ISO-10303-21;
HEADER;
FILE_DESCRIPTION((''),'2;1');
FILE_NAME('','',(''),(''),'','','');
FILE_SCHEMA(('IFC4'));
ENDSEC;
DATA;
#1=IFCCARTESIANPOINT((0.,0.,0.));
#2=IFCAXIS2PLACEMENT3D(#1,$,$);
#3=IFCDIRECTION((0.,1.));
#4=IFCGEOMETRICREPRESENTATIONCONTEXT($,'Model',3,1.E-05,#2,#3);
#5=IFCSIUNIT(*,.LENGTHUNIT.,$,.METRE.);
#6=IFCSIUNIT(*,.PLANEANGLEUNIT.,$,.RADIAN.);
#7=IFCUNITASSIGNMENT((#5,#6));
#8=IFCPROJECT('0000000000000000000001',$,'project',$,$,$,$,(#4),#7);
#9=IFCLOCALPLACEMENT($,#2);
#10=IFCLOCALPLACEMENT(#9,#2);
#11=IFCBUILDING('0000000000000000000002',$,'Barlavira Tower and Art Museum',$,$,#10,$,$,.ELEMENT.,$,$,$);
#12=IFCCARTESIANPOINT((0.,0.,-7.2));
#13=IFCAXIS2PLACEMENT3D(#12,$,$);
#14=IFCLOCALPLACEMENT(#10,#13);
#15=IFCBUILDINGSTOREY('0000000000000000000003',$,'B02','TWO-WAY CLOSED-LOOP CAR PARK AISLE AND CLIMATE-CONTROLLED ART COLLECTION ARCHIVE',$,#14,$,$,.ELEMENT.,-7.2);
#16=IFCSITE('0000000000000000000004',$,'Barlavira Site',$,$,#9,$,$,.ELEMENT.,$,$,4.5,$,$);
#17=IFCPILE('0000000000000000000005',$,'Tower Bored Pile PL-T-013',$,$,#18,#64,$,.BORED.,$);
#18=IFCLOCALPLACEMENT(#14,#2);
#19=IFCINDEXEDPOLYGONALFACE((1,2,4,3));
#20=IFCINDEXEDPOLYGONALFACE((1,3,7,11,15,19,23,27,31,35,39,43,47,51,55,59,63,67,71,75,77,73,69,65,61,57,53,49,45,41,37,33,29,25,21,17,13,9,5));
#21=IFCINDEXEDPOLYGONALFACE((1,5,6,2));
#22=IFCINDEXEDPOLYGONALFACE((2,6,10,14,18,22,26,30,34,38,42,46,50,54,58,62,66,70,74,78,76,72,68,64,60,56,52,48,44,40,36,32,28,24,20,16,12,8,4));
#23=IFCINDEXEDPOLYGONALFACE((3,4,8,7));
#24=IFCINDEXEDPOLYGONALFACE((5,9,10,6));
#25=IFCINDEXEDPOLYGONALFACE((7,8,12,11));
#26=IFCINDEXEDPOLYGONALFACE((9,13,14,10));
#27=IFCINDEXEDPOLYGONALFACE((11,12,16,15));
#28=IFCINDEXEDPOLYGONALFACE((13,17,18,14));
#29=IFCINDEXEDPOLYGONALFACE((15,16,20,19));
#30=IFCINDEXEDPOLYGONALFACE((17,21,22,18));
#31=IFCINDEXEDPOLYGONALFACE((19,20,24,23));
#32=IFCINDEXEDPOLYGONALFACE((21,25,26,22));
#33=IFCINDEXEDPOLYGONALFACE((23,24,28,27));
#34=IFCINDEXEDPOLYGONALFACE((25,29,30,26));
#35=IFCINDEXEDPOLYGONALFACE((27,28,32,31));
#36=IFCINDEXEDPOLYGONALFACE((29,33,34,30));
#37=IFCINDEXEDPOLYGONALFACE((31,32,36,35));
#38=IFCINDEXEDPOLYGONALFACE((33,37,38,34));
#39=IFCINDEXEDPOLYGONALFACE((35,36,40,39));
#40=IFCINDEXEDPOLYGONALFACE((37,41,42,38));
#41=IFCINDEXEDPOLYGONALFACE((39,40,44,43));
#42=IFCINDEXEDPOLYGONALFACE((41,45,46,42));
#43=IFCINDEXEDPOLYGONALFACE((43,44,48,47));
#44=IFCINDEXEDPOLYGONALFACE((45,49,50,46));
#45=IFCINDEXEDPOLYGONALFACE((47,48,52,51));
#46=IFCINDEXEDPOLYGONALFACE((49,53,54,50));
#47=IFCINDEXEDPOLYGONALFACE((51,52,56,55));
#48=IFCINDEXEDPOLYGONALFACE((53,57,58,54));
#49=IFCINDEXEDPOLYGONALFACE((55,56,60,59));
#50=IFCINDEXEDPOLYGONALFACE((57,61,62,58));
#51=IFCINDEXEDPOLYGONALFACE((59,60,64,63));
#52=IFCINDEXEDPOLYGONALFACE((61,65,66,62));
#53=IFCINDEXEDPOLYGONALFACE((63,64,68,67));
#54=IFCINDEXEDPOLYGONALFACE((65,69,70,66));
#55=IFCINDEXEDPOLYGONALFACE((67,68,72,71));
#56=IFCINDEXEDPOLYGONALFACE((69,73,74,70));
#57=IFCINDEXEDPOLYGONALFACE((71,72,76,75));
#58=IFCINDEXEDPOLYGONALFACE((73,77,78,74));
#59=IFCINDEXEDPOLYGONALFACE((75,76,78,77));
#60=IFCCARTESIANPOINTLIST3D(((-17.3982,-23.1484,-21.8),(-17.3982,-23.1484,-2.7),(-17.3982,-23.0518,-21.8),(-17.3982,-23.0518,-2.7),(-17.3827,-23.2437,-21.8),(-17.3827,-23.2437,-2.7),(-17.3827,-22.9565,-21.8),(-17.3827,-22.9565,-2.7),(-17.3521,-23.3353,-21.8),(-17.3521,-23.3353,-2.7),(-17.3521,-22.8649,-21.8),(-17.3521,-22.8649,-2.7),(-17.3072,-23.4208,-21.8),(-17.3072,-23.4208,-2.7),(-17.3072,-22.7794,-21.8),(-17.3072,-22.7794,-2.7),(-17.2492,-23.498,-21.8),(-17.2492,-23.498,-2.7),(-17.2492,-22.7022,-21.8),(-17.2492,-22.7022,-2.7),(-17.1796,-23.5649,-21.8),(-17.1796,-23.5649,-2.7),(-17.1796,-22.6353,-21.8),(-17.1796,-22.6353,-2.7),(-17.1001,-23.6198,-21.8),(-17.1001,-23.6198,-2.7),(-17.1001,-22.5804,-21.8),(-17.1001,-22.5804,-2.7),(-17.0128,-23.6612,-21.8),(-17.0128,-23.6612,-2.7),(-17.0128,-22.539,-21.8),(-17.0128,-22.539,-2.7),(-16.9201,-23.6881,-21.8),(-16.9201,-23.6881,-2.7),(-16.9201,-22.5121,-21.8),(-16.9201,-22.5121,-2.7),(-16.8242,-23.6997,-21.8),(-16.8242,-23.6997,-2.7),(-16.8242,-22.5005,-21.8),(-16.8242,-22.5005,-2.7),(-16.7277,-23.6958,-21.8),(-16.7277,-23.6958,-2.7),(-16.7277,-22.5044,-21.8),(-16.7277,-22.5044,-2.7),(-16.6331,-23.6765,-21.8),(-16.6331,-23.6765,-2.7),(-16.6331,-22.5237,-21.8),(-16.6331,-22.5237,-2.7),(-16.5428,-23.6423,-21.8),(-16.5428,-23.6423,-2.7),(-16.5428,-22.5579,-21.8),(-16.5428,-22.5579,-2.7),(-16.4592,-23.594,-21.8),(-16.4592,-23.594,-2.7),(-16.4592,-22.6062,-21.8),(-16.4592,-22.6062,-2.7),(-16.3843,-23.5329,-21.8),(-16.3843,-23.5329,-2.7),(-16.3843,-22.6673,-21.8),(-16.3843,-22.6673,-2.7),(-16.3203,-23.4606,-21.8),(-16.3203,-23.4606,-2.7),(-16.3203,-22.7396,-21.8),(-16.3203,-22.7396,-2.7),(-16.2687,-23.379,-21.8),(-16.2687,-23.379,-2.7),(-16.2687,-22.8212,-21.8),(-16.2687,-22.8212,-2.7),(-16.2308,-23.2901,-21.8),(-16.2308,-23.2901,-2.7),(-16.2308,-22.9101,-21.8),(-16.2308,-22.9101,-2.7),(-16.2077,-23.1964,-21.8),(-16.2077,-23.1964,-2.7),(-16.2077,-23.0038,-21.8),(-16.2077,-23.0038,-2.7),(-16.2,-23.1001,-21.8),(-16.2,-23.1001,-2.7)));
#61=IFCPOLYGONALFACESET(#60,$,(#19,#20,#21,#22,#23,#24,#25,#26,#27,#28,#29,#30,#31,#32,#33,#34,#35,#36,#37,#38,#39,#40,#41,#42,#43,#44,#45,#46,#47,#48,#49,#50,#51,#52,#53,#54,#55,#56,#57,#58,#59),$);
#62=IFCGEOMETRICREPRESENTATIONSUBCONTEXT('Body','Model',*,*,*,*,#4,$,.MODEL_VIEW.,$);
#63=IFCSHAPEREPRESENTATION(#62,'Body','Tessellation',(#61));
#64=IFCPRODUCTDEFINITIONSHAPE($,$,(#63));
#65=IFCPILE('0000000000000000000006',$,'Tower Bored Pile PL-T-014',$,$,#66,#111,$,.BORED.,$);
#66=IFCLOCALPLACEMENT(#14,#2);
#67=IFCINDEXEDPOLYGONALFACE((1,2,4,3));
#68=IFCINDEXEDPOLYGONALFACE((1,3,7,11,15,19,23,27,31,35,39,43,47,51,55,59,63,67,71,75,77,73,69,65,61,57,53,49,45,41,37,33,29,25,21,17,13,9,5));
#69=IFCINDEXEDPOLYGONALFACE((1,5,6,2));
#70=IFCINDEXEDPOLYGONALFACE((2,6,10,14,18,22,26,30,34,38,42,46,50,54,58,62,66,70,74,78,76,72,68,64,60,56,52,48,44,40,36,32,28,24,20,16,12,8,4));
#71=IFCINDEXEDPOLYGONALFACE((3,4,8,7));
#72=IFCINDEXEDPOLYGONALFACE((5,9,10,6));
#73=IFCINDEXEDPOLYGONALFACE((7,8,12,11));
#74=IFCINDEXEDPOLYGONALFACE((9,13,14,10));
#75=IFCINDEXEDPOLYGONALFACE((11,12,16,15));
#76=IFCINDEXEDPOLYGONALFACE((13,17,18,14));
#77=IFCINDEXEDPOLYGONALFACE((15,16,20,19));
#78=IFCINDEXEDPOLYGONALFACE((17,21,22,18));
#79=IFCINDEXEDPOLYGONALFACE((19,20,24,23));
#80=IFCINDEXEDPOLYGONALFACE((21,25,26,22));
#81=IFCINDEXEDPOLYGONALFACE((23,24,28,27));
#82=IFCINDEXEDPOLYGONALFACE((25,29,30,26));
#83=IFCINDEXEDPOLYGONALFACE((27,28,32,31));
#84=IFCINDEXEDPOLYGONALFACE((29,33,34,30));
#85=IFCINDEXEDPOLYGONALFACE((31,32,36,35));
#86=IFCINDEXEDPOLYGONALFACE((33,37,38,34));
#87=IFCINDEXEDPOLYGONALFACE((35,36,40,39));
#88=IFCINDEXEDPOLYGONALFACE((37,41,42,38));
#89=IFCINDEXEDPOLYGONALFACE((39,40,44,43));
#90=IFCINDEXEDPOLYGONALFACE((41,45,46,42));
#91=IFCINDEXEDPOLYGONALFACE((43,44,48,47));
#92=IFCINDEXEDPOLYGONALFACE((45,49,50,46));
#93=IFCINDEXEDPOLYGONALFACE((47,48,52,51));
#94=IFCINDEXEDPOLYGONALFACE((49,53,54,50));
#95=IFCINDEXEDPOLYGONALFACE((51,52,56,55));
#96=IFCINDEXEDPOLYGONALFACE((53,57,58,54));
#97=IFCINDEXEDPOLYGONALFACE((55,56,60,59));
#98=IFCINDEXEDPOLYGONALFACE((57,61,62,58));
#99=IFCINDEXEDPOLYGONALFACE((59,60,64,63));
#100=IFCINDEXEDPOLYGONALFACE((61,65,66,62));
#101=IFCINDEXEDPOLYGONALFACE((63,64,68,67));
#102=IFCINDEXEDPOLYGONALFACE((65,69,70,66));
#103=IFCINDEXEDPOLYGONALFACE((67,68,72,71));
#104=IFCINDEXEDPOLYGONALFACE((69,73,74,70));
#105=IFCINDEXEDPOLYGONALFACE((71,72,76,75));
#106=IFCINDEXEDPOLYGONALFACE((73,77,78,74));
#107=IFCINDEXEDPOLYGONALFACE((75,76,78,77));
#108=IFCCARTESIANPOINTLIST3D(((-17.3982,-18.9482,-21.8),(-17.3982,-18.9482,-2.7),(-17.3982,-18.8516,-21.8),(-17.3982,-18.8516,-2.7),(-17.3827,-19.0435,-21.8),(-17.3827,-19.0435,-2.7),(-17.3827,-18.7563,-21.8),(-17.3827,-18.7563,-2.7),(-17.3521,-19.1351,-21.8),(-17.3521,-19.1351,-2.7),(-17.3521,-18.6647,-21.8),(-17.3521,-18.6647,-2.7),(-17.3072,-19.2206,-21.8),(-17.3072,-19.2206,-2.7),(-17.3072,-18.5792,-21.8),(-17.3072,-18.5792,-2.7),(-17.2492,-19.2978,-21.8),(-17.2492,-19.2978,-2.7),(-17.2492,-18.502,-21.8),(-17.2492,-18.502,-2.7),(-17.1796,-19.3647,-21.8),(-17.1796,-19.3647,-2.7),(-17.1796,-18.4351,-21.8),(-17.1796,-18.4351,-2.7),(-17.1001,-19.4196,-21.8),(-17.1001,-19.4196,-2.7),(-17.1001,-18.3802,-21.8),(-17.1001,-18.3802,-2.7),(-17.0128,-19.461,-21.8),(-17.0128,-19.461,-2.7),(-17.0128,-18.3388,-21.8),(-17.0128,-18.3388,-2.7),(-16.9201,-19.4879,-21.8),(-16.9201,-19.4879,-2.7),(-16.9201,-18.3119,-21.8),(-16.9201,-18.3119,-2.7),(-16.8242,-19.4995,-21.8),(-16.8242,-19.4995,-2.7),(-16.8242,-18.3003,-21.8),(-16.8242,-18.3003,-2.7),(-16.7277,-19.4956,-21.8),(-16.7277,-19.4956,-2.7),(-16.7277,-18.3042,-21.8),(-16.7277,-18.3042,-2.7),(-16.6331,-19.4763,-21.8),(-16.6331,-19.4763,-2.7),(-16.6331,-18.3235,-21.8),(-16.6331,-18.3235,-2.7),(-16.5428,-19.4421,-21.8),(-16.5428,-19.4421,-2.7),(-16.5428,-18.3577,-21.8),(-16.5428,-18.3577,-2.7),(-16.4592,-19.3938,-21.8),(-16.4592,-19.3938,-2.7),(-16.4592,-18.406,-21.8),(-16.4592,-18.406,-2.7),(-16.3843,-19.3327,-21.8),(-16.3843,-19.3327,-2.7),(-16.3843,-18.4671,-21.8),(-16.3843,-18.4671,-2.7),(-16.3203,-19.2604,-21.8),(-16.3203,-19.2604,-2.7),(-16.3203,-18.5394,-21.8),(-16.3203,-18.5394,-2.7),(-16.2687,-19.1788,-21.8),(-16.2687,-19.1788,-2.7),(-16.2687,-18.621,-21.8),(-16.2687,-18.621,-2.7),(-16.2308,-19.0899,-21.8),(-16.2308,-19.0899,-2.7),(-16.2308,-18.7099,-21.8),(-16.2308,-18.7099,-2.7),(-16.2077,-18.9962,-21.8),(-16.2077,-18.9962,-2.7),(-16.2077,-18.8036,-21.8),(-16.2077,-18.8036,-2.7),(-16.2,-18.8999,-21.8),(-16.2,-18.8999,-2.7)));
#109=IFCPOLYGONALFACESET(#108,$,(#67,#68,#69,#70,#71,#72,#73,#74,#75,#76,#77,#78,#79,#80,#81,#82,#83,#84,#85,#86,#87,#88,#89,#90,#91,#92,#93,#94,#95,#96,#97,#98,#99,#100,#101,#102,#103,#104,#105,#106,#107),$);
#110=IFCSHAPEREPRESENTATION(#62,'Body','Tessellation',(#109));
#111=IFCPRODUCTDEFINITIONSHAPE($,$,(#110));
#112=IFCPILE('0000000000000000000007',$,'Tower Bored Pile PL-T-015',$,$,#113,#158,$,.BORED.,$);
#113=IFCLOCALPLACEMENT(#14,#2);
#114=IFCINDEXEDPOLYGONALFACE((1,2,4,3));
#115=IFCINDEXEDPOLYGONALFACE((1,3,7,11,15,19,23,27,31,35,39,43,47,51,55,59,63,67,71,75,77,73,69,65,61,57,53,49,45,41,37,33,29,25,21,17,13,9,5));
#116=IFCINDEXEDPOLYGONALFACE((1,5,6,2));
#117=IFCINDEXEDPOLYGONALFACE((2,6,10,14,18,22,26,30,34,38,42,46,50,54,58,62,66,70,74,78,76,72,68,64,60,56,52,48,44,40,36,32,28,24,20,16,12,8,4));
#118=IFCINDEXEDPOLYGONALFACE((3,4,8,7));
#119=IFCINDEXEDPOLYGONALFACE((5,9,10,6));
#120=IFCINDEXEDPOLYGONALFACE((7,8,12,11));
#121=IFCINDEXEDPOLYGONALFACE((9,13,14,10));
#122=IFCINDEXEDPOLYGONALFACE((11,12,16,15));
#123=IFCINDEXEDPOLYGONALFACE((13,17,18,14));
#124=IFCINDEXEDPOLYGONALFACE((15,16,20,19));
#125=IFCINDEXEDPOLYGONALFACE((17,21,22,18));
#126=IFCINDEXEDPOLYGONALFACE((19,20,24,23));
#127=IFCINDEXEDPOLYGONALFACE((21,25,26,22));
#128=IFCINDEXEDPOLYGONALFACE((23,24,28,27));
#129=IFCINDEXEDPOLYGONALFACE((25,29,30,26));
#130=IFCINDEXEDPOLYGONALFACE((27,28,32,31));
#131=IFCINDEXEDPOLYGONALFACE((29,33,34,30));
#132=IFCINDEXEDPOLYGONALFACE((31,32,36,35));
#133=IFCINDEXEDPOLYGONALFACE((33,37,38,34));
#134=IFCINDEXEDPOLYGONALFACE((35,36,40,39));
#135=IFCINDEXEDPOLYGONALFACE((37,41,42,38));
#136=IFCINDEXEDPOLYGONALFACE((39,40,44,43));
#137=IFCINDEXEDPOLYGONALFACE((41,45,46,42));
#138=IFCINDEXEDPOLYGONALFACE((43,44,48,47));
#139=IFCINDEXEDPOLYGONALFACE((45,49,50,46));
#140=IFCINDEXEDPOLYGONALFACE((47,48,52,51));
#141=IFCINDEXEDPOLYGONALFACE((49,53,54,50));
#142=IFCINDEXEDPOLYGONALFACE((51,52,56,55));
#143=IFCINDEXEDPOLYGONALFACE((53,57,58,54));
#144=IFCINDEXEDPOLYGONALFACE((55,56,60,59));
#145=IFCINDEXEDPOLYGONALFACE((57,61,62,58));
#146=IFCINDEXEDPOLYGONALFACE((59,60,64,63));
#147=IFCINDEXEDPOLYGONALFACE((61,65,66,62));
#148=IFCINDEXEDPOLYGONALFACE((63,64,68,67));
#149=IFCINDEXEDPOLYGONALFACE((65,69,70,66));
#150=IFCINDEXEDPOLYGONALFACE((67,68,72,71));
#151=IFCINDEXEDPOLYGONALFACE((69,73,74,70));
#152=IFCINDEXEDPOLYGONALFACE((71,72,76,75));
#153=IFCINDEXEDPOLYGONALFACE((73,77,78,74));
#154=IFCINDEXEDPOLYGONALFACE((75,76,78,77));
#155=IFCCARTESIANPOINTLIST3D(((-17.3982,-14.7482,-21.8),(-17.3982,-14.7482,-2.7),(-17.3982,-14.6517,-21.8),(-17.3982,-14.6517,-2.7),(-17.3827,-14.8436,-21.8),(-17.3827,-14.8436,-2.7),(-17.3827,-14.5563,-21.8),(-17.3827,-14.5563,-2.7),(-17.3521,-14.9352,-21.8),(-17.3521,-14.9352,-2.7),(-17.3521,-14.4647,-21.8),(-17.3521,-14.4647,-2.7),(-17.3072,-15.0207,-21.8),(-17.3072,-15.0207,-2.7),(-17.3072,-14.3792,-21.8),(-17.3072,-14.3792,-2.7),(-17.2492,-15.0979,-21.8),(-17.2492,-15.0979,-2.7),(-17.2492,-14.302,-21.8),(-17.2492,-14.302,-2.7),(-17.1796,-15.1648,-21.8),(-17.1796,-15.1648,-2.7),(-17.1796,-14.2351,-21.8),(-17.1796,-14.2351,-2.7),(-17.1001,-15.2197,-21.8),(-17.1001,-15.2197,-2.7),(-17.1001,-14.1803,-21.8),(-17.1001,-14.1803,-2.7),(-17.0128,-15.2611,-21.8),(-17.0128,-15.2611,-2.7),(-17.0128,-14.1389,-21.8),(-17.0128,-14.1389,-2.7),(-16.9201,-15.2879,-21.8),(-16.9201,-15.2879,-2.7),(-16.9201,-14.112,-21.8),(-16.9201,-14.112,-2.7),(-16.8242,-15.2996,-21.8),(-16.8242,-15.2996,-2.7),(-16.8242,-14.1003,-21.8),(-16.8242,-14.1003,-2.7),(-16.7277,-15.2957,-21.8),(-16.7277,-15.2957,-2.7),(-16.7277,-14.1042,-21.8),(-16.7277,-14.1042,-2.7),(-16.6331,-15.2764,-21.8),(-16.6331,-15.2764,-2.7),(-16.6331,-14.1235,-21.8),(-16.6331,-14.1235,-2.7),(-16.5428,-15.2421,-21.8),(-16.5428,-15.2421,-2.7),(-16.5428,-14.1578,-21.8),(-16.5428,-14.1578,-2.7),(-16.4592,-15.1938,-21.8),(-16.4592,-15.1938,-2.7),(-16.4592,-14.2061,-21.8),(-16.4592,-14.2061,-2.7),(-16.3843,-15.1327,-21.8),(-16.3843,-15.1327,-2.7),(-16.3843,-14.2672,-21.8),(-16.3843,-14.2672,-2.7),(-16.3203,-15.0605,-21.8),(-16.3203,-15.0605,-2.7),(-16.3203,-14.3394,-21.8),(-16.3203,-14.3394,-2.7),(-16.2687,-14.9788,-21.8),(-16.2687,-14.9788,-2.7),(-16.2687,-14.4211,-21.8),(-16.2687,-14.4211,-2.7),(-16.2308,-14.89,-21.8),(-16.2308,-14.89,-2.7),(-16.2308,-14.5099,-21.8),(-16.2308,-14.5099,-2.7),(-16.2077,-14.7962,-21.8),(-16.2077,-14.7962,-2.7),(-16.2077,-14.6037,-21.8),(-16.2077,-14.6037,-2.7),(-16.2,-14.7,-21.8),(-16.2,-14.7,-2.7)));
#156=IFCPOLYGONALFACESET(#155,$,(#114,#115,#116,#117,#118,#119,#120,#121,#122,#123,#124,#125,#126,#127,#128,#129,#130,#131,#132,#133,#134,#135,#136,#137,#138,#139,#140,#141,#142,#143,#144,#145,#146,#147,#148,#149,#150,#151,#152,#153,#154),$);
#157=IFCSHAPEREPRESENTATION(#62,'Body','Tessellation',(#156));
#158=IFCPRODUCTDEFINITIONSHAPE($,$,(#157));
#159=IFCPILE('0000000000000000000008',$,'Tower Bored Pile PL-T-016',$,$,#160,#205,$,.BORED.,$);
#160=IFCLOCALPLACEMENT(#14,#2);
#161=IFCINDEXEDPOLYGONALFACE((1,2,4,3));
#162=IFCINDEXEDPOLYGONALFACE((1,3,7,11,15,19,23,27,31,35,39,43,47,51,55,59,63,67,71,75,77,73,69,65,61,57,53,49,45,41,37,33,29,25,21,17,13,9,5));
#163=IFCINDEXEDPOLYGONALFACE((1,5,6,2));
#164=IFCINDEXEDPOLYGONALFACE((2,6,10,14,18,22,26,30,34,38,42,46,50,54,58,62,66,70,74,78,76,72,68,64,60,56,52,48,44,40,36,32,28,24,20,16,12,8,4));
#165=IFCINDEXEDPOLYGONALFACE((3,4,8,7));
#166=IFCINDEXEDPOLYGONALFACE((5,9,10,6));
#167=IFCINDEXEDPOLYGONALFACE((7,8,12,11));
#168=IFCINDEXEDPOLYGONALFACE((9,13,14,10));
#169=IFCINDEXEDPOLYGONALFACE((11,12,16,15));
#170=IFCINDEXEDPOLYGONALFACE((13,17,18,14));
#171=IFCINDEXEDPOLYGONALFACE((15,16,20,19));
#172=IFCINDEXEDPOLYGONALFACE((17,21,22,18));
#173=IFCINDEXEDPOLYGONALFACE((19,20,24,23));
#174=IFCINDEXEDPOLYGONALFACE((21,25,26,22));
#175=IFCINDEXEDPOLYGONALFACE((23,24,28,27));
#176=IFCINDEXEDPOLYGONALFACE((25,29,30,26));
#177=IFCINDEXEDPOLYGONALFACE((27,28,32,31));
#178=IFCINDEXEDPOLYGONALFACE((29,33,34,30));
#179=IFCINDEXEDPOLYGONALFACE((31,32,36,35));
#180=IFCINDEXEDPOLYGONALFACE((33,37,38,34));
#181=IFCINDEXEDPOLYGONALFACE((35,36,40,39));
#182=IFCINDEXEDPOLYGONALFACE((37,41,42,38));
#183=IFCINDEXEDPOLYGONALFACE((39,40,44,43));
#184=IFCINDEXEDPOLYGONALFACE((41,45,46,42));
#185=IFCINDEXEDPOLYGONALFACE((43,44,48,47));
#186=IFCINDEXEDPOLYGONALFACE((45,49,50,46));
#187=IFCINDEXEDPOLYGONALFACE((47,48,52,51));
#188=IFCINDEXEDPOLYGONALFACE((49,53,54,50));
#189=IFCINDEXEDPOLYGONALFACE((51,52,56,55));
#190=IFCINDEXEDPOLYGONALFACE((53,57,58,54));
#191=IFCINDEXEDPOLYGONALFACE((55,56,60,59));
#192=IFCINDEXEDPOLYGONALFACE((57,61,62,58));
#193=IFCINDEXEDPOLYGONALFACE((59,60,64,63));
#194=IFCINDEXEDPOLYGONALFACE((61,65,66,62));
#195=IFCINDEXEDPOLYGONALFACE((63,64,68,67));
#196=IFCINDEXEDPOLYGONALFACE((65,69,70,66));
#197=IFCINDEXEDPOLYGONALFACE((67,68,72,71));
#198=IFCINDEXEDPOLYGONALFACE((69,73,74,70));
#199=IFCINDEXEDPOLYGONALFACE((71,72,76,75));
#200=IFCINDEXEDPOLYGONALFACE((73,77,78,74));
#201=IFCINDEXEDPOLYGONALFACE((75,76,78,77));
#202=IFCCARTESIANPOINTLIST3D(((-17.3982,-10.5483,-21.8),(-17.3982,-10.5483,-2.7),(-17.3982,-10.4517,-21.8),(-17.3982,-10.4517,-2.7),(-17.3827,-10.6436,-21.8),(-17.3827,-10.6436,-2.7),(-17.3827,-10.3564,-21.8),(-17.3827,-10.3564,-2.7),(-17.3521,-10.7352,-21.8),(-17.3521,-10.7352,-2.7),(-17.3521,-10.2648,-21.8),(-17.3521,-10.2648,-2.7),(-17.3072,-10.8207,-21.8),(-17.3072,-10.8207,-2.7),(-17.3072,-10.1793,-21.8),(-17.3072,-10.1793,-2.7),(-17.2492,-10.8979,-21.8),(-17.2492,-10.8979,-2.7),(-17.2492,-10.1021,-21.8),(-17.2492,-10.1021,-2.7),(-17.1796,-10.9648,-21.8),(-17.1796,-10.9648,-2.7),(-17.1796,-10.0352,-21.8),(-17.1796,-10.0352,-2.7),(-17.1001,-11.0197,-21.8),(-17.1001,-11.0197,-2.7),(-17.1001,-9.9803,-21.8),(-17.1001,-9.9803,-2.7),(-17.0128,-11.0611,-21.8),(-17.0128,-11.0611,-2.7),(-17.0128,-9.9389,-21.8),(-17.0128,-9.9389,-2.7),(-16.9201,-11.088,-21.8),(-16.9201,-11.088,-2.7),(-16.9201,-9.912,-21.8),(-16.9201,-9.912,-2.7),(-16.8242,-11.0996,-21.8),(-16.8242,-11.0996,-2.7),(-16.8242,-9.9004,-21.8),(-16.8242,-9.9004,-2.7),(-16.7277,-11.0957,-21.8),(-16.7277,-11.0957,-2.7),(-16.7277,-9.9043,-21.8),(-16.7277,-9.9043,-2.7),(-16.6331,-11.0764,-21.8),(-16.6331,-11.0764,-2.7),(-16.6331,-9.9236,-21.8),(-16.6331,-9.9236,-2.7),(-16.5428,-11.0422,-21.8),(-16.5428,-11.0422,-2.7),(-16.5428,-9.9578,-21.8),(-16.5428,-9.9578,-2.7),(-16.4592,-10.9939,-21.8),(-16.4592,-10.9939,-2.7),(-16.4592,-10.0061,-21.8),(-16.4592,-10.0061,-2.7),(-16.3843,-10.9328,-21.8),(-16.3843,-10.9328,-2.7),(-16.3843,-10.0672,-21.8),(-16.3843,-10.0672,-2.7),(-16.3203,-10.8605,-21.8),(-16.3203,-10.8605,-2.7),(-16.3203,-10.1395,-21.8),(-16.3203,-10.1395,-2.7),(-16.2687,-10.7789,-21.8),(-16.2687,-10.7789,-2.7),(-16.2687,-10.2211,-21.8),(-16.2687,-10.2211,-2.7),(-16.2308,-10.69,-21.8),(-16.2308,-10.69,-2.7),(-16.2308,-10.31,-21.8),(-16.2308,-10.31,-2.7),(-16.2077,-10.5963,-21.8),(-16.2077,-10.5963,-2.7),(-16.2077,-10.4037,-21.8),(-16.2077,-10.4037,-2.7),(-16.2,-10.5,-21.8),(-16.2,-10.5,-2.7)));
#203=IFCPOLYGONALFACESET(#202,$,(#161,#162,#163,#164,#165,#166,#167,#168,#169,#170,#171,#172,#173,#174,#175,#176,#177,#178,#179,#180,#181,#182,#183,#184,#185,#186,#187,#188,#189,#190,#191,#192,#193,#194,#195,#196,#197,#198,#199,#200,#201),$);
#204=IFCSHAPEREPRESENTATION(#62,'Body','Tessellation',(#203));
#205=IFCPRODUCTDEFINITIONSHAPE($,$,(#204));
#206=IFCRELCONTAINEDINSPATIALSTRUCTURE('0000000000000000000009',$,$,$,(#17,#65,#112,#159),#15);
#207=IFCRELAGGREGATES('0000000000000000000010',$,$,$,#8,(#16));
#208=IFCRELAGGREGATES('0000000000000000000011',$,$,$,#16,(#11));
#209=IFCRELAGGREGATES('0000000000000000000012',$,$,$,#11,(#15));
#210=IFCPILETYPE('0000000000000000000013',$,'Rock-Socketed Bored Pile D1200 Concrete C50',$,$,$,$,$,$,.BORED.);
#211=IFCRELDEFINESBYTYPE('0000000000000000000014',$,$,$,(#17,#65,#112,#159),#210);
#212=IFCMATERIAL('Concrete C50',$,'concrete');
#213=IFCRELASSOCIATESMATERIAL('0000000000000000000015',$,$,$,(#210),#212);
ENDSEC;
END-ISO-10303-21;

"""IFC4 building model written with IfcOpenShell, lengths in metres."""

from ifc_helpers import new_model, si_unit, direction, frame, origin, origin_2d, place, context, subcontext, project, spatial, circle, extrude, material, material_profile, profile_set, type_object, element, save


model = new_model("IFC4")

# Units and contexts
model_context = context("Model", 3, precision=1e-05, world=origin(), true_north=direction((0.0, 1.0)))
body_context = subcontext(model_context, "Body", "Model", "MODEL_VIEW")
ifc_project = project(units=[si_unit("LENGTHUNIT", "METRE"), si_unit("PLANEANGLEUNIT", "RADIAN")], contexts=[model_context])

# Site, building, storey
site_placement = place(None, origin())
site = spatial("IfcSite", under=ifc_project, at=site_placement, Name="Barlavira Site", CompositionType="ELEMENT", RefElevation=4.5)
building_placement = place(site_placement, origin())
building = spatial("IfcBuilding", under=site, at=building_placement, Name="Barlavira Tower and Art Museum", CompositionType="ELEMENT")
storey_placement = place(building_placement, frame((0.0, 0.0, -7.2)))
storey = spatial("IfcBuildingStorey", under=building, at=storey_placement, Name="B02", Description="TWO-WAY CLOSED-LOOP CAR PARK AISLE AND CLIMATE-CONTROLLED ART COLLECTION ARCHIVE", CompositionType="ELEMENT", Elevation=-7.2)

# Piles
ifc_material_1 = material(Name="Concrete C50", Category="concrete")
ifc_material_profile_1 = material_profile(ifc_material_1, circle(Radius=0.6001, at=origin_2d()), Name="BORED PILE D1200")
ifc_profile_set_1 = profile_set([ifc_material_profile_1], Name="Concrete C50")
pile_type = type_object("IfcPileType", Name="Rock-Socketed Bored Pile D1200 Concrete C50", PredefinedType="BORED", material=ifc_profile_set_1)
for number, where, z_axis, x_axis, name in (
    (1, (-16.8, -23.1001, -2.7), (0.0, 0.0, -1.0), (1.0, 0.0, 0.0), "Tower Bored Pile PL-T-013"),
    (2, (-16.8, -18.8999, -2.7), (0.0, 0.0, -1.0), (1.0, 0.0, 0.0), "Tower Bored Pile PL-T-014"),
    (3, (-16.8, -14.7, -2.7), (0.0, 0.0, -1.0), (1.0, 0.0, 0.0), "Tower Bored Pile PL-T-015"),
    (4, (-16.8, -10.5, -2.7), (0.0, 0.0, -1.0), (1.0, 0.0, 0.0), "Tower Bored Pile PL-T-016"),
):
    element("IfcPile", number, at=place(storey_placement, frame(where, z_axis=z_axis, x_axis=x_axis)), inside=storey, type_object=pile_type, Name=name, PredefinedType="BORED", context=body_context, shape_type="SweptSolid", body=[
        extrude(circle(Radius=0.6001, at=origin_2d()), origin(), (0.0, 0.0, 1.0), 19.1001),
    ])

save(model, "model.ifc")
